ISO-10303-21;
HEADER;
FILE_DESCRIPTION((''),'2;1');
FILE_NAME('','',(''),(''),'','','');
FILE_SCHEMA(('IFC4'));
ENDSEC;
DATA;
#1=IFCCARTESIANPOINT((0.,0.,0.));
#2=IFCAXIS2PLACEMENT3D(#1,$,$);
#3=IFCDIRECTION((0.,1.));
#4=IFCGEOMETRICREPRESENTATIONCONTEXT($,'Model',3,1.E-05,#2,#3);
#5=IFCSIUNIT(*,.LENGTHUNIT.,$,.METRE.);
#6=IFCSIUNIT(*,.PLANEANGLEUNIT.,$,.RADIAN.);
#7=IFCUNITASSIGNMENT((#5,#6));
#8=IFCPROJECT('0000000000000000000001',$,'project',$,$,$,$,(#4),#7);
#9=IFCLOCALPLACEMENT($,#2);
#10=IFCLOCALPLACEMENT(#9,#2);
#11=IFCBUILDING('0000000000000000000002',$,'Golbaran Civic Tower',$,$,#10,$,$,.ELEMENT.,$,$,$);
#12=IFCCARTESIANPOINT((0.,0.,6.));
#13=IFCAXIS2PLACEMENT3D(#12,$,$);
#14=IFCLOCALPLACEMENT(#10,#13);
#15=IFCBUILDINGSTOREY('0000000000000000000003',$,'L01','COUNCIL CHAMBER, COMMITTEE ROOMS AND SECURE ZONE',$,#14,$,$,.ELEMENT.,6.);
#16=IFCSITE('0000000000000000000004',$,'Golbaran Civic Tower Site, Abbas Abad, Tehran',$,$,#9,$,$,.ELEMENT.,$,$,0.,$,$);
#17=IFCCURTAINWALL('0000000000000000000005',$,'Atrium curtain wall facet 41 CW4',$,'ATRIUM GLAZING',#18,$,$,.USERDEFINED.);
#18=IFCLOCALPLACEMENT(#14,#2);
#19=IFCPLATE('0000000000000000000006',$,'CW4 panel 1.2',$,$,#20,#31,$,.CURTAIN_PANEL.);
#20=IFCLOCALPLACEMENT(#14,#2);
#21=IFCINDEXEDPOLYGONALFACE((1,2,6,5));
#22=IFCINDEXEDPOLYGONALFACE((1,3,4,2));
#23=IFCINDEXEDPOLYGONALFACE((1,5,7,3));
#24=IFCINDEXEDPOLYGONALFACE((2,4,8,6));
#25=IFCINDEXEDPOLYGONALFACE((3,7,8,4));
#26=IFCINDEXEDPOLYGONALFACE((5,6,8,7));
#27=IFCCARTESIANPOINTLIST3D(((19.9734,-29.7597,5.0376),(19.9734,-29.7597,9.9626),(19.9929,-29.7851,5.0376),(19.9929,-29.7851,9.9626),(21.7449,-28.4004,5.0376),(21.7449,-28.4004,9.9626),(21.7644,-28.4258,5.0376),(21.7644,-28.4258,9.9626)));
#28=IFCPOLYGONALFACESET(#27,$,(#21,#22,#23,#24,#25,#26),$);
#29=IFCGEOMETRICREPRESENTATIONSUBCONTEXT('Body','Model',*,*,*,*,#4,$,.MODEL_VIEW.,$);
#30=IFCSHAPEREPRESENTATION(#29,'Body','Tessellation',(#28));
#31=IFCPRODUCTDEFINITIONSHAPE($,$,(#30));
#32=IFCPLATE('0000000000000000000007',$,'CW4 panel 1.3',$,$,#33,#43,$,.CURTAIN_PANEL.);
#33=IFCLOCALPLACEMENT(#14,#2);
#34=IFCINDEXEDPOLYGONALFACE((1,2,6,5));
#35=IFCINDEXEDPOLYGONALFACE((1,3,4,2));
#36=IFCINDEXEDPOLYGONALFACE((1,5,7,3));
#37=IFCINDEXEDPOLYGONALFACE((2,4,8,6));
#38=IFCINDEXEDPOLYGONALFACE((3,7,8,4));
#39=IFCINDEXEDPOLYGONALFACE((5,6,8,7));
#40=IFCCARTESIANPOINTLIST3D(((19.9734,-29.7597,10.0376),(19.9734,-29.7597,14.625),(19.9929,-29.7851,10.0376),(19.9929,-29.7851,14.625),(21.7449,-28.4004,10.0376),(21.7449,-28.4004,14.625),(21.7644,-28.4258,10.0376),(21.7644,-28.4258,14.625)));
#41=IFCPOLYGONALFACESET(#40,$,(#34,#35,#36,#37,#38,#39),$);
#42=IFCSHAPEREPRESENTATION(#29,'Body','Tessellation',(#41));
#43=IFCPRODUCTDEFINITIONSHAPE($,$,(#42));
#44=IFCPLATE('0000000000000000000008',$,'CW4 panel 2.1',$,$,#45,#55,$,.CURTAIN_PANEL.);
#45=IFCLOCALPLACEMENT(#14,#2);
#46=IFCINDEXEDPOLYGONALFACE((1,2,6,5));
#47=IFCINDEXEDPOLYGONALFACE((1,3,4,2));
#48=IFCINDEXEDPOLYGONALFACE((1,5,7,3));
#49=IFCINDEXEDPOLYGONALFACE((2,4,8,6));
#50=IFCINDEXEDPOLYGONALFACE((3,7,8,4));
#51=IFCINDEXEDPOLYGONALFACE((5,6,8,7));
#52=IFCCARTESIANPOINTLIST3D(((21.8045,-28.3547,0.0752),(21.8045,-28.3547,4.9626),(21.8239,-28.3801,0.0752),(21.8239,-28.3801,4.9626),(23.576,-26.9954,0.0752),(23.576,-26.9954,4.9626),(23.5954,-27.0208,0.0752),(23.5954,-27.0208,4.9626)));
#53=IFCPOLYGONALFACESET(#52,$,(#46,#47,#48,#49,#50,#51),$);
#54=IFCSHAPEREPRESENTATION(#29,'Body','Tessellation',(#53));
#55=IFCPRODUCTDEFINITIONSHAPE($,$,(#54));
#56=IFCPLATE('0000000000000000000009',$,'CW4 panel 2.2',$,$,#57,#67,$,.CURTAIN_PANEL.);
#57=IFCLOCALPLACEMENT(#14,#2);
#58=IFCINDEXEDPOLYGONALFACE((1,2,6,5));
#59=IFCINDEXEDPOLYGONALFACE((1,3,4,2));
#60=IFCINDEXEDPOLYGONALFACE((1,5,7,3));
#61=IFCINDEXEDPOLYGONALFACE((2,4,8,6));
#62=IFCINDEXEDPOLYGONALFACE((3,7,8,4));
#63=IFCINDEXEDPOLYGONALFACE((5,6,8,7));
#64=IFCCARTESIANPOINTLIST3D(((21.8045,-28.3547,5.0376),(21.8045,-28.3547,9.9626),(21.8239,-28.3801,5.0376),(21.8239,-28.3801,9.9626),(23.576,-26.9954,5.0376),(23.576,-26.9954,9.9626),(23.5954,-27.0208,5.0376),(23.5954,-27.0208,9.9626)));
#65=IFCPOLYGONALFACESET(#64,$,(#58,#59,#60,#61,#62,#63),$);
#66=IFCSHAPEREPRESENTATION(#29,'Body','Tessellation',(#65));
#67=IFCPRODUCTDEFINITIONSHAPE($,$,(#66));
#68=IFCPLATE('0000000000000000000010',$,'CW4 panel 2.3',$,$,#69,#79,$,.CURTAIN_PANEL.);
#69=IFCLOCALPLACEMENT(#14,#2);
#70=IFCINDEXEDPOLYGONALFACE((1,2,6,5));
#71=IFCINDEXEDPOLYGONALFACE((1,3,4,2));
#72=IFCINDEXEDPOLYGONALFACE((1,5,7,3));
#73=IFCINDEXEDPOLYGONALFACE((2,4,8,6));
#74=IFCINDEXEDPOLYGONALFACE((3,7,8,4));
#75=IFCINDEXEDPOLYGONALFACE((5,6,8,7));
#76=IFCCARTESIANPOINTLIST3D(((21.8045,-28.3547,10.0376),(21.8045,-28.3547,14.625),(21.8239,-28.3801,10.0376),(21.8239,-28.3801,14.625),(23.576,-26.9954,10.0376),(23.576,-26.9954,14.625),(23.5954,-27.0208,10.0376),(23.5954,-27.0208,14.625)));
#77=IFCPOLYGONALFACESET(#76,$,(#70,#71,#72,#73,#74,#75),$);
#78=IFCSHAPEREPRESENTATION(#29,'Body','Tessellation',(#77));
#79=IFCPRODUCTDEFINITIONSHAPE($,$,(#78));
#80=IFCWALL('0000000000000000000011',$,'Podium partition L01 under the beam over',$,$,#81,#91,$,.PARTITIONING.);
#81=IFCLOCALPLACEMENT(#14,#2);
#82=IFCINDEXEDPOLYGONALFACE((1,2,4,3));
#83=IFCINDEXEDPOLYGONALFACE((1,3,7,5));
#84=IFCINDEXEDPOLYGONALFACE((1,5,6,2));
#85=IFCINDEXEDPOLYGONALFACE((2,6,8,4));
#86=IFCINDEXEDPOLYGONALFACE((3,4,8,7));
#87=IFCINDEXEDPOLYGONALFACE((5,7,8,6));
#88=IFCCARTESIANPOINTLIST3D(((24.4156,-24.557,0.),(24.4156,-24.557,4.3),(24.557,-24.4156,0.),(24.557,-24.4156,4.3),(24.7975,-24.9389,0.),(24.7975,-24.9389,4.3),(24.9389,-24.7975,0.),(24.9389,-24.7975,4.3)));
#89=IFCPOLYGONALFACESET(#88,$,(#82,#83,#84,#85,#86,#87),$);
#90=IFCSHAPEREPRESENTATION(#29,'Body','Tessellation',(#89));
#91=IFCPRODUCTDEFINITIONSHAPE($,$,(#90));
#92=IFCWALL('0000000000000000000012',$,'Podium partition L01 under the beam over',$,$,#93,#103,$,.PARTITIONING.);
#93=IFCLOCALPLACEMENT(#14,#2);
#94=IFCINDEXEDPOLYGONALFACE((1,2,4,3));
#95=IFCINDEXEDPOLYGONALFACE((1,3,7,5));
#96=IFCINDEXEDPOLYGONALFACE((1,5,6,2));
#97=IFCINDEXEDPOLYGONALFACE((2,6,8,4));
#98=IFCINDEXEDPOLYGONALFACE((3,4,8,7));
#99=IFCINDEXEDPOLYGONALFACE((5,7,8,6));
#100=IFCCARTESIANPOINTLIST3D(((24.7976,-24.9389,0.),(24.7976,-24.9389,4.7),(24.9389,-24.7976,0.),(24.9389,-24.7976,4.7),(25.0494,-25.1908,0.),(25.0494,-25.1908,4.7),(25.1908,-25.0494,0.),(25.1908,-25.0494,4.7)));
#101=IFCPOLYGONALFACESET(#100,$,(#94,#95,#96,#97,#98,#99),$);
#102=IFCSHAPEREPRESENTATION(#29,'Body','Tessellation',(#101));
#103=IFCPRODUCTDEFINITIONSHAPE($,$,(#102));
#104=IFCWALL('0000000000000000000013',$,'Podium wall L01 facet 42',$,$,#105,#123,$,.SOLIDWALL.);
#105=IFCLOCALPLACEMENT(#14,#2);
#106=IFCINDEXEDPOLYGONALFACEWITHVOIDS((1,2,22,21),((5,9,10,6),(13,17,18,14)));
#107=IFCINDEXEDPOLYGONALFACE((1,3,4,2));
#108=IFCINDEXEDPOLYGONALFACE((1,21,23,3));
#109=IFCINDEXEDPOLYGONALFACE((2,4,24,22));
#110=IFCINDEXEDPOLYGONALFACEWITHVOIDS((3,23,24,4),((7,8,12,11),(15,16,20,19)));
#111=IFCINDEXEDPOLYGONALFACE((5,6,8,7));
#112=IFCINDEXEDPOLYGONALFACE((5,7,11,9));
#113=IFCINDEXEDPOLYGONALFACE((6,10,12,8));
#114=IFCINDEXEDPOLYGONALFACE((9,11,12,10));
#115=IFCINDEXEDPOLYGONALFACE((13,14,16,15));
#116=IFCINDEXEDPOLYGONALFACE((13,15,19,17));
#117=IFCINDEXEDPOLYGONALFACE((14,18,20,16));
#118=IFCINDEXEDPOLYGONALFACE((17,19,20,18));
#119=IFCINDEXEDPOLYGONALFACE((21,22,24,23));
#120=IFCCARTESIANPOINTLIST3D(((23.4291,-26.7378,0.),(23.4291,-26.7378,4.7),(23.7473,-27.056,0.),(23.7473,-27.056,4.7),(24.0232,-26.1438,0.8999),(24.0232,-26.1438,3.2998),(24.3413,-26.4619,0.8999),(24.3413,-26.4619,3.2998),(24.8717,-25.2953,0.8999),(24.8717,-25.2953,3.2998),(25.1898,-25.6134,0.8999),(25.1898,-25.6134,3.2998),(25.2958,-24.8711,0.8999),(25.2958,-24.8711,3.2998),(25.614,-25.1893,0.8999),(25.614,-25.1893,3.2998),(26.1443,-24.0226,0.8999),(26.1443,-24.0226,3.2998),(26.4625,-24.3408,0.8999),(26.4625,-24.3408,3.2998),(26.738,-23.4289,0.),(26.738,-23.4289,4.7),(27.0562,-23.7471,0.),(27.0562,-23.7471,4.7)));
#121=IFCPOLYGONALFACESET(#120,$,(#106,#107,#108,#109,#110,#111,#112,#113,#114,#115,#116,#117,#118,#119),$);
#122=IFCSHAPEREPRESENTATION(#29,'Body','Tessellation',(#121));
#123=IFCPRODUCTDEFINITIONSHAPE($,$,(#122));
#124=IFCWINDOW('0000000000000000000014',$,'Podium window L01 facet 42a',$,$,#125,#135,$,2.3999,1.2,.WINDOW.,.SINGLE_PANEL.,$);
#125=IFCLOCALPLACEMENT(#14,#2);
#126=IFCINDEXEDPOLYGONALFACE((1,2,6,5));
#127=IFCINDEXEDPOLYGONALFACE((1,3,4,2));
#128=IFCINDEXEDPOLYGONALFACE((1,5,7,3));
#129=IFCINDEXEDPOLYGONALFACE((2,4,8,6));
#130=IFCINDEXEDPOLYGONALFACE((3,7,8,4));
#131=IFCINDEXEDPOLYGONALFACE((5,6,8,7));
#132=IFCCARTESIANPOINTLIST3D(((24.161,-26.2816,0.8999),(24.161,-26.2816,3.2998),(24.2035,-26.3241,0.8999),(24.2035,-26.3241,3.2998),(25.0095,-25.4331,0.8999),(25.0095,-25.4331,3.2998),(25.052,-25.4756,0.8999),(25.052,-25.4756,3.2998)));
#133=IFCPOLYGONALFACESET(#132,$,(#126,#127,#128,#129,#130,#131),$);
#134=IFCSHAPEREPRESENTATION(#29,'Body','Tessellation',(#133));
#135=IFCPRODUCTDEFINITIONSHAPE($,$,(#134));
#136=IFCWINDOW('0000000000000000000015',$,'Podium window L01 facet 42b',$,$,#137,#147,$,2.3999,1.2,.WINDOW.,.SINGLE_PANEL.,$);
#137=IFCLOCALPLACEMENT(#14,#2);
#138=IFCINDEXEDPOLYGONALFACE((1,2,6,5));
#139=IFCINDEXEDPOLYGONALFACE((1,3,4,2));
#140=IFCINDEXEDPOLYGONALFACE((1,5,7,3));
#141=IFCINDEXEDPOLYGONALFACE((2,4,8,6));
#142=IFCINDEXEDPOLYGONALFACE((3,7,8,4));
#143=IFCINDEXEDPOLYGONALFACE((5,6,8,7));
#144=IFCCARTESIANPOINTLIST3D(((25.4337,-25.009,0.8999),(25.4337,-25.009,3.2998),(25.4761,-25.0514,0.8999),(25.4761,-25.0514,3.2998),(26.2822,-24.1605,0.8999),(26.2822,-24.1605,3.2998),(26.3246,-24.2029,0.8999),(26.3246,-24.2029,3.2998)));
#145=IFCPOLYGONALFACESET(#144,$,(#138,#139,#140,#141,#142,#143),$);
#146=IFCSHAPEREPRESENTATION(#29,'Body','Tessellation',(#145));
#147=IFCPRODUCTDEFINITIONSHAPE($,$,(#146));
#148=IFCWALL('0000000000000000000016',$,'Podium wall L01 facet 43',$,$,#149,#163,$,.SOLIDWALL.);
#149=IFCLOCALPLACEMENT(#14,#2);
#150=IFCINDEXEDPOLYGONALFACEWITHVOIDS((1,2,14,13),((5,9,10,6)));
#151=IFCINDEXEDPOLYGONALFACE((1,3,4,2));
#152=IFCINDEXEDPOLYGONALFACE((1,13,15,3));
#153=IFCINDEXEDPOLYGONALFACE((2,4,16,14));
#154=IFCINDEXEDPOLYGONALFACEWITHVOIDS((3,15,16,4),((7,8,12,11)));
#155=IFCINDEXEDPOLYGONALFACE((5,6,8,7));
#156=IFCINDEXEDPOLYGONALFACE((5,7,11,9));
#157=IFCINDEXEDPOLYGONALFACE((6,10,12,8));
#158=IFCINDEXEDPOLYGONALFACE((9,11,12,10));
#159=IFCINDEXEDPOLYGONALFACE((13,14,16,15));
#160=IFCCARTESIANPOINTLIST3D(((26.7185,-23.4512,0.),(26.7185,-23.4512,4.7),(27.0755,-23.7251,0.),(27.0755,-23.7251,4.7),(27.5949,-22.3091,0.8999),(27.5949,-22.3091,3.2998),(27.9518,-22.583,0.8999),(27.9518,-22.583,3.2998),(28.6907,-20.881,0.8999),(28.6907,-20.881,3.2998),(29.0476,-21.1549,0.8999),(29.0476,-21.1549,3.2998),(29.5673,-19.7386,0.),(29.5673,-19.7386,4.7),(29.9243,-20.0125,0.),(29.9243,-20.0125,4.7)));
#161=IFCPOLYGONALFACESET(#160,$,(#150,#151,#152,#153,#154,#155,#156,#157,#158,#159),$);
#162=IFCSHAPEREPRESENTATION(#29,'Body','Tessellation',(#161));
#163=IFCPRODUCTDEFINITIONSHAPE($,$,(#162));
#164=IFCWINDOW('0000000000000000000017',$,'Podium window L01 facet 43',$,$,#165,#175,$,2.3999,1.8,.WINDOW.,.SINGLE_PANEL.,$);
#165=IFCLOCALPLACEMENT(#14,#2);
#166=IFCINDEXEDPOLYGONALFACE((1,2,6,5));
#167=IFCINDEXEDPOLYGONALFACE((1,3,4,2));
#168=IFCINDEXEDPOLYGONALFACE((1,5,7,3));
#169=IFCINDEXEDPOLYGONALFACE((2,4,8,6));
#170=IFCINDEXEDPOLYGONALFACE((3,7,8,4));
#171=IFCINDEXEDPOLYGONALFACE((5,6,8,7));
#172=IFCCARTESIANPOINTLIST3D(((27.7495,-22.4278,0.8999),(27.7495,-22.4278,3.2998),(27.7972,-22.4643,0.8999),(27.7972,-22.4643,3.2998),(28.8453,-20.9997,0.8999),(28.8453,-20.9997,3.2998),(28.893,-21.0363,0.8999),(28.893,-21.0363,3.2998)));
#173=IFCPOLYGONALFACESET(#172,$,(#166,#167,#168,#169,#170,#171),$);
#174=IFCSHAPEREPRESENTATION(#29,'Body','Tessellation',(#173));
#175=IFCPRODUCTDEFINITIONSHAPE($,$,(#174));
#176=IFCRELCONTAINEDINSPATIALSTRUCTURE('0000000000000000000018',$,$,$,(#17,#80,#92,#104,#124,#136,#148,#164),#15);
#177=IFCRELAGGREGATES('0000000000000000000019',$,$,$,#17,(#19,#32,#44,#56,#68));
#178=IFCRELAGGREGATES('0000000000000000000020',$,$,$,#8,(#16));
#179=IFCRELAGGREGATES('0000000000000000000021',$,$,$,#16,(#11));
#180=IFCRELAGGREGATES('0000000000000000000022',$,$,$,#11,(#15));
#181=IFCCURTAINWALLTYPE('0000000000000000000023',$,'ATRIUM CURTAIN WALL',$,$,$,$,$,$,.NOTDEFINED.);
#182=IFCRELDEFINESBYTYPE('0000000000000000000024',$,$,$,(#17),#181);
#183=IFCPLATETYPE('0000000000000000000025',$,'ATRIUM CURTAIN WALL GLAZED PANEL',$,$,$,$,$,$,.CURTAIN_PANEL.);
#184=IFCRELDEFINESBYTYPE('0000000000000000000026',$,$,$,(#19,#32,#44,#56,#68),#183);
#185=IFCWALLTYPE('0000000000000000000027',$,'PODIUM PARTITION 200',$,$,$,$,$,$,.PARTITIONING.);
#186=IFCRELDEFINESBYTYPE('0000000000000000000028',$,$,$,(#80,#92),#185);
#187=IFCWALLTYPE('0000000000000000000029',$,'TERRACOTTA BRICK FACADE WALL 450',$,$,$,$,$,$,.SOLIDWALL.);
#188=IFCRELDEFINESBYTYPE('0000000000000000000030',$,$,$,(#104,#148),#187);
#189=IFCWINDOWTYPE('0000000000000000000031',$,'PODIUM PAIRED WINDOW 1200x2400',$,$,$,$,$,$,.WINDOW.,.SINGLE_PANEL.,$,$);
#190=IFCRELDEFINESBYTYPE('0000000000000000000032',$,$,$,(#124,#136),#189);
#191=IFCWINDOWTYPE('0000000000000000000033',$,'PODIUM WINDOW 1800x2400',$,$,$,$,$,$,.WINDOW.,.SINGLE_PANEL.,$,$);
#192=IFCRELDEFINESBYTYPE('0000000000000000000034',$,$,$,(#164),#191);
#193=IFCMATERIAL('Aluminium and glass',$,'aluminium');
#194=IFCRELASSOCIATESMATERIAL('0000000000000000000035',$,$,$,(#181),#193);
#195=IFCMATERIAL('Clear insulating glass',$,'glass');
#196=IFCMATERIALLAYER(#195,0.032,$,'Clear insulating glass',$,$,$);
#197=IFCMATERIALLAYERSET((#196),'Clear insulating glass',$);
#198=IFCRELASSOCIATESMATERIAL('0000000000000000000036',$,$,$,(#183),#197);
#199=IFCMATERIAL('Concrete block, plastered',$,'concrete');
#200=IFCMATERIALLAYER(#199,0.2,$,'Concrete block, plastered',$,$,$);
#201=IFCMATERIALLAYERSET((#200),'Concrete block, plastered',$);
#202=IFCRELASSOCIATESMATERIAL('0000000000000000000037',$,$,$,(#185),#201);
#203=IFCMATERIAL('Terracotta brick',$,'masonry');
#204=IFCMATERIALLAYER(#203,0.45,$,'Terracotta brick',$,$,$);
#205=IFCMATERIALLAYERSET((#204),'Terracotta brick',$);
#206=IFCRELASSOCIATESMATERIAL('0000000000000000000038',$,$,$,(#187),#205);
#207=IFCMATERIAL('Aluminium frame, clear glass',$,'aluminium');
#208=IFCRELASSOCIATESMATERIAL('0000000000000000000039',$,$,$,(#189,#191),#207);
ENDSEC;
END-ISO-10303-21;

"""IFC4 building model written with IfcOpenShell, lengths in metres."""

from ifc_helpers import new_model, si_unit, direction, frame, frame_2d, origin, origin_2d, place, context, subcontext, project, spatial, rectangle, extrude, material, layer, layer_set, type_object, element, fill, aggregate, save


model = new_model("IFC4")

# Units and contexts
model_context = context("Model", 3, precision=1e-05, world=origin(), true_north=direction((0.0, 1.0)))
body_context = subcontext(model_context, "Body", "Model", "MODEL_VIEW")
ifc_project = project(units=[si_unit("LENGTHUNIT", "METRE"), si_unit("PLANEANGLEUNIT", "RADIAN")], contexts=[model_context])

# Site, building, storey
site_placement = place(None, origin())
site = spatial("IfcSite", under=ifc_project, at=site_placement, Name="Golbaran Civic Tower Site, Abbas Abad, Tehran", CompositionType="ELEMENT", RefElevation=0.0)
building_placement = place(site_placement, origin())
building = spatial("IfcBuilding", under=site, at=building_placement, Name="Golbaran Civic Tower", CompositionType="ELEMENT")
storey_placement = place(building_placement, frame((0.0, 0.0, 6.0)))
storey = spatial("IfcBuildingStorey", under=building, at=storey_placement, Name="L01", Description="COUNCIL CHAMBER, COMMITTEE ROOMS AND SECURE ZONE", CompositionType="ELEMENT", Elevation=6.0)

# Shared definitions
ifc_material_1 = material(Name="Aluminium and glass", Category="aluminium")
curtain_wall_type = type_object("IfcCurtainWallType", Name="ATRIUM CURTAIN WALL", PredefinedType="NOTDEFINED", material=ifc_material_1)

# Curtain wall
curtain_wall_1_placement = place(storey_placement, origin())
curtain_wall_1 = element("IfcCurtainWall", 1, at=curtain_wall_1_placement, inside=storey, type_object=curtain_wall_type, Name="Atrium curtain wall facet 41 CW4", ObjectType="ATRIUM GLAZING", PredefinedType="USERDEFINED")

# Plates
ifc_material_2 = material(Name="Clear insulating glass", Category="glass")
ifc_layer_1 = layer(ifc_material_2, 0.032, Name="Clear insulating glass")
ifc_layer_set_1 = layer_set([ifc_layer_1], Name="Clear insulating glass")
plate_type = type_object("IfcPlateType", Name="ATRIUM CURTAIN WALL GLAZED PANEL", PredefinedType="CURTAIN_PANEL", material=ifc_layer_set_1)
plate_1_placement = place(storey_placement, frame((20.8689, -29.0928, 5.0376), z_axis=(0.0, 0.0, 1.0), x_axis=(0.793353, 0.608761, 0.0)))
plate_1 = element("IfcPlate", 2, at=plate_1_placement, type_object=plate_type, Name="CW4 panel 1.2", PredefinedType="CURTAIN_PANEL", context=body_context, shape_type="SweptSolid", body=[
    extrude(rectangle(XDim=2.2329, YDim=0.032, at=origin_2d()), origin(), (0.0, 0.0, 1.0), 4.925),
])
plate_2_placement = place(storey_placement, frame((20.8689, -29.0928, 10.0376), z_axis=(0.0, 0.0, 1.0), x_axis=(0.793353, 0.608761, 0.0)))
plate_2 = element("IfcPlate", 3, at=plate_2_placement, type_object=plate_type, Name="CW4 panel 1.3", PredefinedType="CURTAIN_PANEL", context=body_context, shape_type="SweptSolid", body=[
    extrude(rectangle(XDim=2.2329, YDim=0.032, at=origin_2d()), origin(), (0.0, 0.0, 1.0), 4.5874),
])
plate_3_placement = place(storey_placement, frame((22.7, -27.6877, 0.0752), z_axis=(0.0, 0.0, 1.0), x_axis=(0.793353, 0.608761, 0.0)))
plate_3 = element("IfcPlate", 4, at=plate_3_placement, type_object=plate_type, Name="CW4 panel 2.1", PredefinedType="CURTAIN_PANEL", context=body_context, shape_type="SweptSolid", body=[
    extrude(rectangle(XDim=2.2329, YDim=0.032, at=origin_2d()), origin(), (0.0, 0.0, 1.0), 4.8875),
])
plate_4_placement = place(storey_placement, frame((22.7, -27.6877, 5.0376), z_axis=(0.0, 0.0, 1.0), x_axis=(0.793353, 0.608761, 0.0)))
plate_4 = element("IfcPlate", 5, at=plate_4_placement, type_object=plate_type, Name="CW4 panel 2.2", PredefinedType="CURTAIN_PANEL", context=body_context, shape_type="SweptSolid", body=[
    extrude(rectangle(XDim=2.2329, YDim=0.032, at=origin_2d()), origin(), (0.0, 0.0, 1.0), 4.925),
])
plate_5_placement = place(storey_placement, frame((22.7, -27.6877, 10.0376), z_axis=(0.0, 0.0, 1.0), x_axis=(0.793353, 0.608761, 0.0)))
plate_5 = element("IfcPlate", 6, at=plate_5_placement, type_object=plate_type, Name="CW4 panel 2.3", PredefinedType="CURTAIN_PANEL", context=body_context, shape_type="SweptSolid", body=[
    extrude(rectangle(XDim=2.2329, YDim=0.032, at=origin_2d()), origin(), (0.0, 0.0, 1.0), 4.5874),
])
aggregate(curtain_wall_1, [plate_1, plate_2, plate_3, plate_4, plate_5])

# Walls
ifc_material_3 = material(Name="Concrete block, plastered", Category="concrete")
ifc_layer_2 = layer(ifc_material_3, 0.2, Name="Concrete block, plastered")
ifc_layer_set_2 = layer_set([ifc_layer_2], Name="Concrete block, plastered")
wall_type_1 = type_object("IfcWallType", Name="PODIUM PARTITION 200", PredefinedType="PARTITIONING", material=ifc_layer_set_2)
wall_1_placement = place(storey_placement, frame((24.4863, -24.4863, 0.0), z_axis=(0.0, 0.0, 1.0), x_axis=(0.707107, -0.707107, 0.0)))
element("IfcWall", 7, at=wall_1_placement, inside=storey, type_object=wall_type_1, Name="Podium partition L01 under the beam over", PredefinedType="PARTITIONING", context=body_context, shape_type="SweptSolid", body=[
    extrude(rectangle(XDim=0.54, YDim=0.2, at=frame_2d((0.27, 0.0))), origin(), (0.0, 0.0, 1.0), 4.3),
])
wall_2_placement = place(storey_placement, frame((24.8682, -24.8682, 0.0), z_axis=(0.0, 0.0, 1.0), x_axis=(0.707107, -0.707107, 0.0)))
element("IfcWall", 8, at=wall_2_placement, inside=storey, type_object=wall_type_1, Name="Podium partition L01 under the beam over", PredefinedType="PARTITIONING", context=body_context, shape_type="SweptSolid", body=[
    extrude(rectangle(XDim=0.3562, YDim=0.2, at=frame_2d((0.1782, 0.0))), origin(), (0.0, 0.0, 1.0), 4.7),
])

# Wall, openings, windows
ifc_material_4 = material(Name="Terracotta brick", Category="masonry")
ifc_layer_3 = layer(ifc_material_4, 0.45, Name="Terracotta brick")
ifc_layer_set_3 = layer_set([ifc_layer_3], Name="Terracotta brick")
wall_type_2 = type_object("IfcWallType", Name="TERRACOTTA BRICK FACADE WALL 450", PredefinedType="SOLIDWALL", material=ifc_layer_set_3)
wall_3_placement = place(storey_placement, frame((23.5881, -26.897, 0.0), z_axis=(0.0, 0.0, 1.0), x_axis=(0.707107, 0.707107, 0.0)))
wall_3 = element("IfcWall", 9, at=wall_3_placement, inside=storey, type_object=wall_type_2, Name="Podium wall L01 facet 42", PredefinedType="SOLIDWALL", context=body_context, shape_type="SweptSolid", body=[
    extrude(rectangle(XDim=4.6794, YDim=0.45, at=frame_2d((2.3398, 0.0))), origin(), (0.0, 0.0, 1.0), 4.7),
])
opening_1_placement = place(wall_3_placement, frame((0.8401, 0.0, 0.8999)))
opening_1 = element("IfcOpeningElement", 10, at=opening_1_placement, cuts=wall_3, PredefinedType="OPENING", context=body_context, shape_type="SweptSolid", body=[
    extrude(rectangle(XDim=1.2, YDim=2.3999, at=frame_2d((0.6001, 1.2))), frame((0.0, 0.2349, 0.0), z_axis=(0.0, -1.0, 0.0), x_axis=(1.0, 0.0, 0.0)), (0.0, 0.0, 1.0), 0.47),
])
opening_2_placement = place(wall_3_placement, frame((2.6399, 0.0, 0.8999)))
opening_2 = element("IfcOpeningElement", 11, at=opening_2_placement, cuts=wall_3, PredefinedType="OPENING", context=body_context, shape_type="SweptSolid", body=[
    extrude(rectangle(XDim=1.2, YDim=2.3999, at=frame_2d((0.6001, 1.2))), frame((0.0, 0.2349, 0.0), z_axis=(0.0, -1.0, 0.0), x_axis=(1.0, 0.0, 0.0)), (0.0, 0.0, 1.0), 0.47),
])
ifc_material_5 = material(Name="Aluminium frame, clear glass", Category="aluminium")
window_type_1 = type_object("IfcWindowType", Name="PODIUM PAIRED WINDOW 1200x2400", PartitioningType="SINGLE_PANEL", PredefinedType="WINDOW", material=ifc_material_5)
window_1_placement = place(opening_1_placement, origin())
window_1 = element("IfcWindow", 12, at=window_1_placement, inside=storey, type_object=window_type_1, Name="Podium window L01 facet 42a", OverallHeight=2.3999, OverallWidth=1.2, PartitioningType="SINGLE_PANEL", PredefinedType="WINDOW", context=body_context, shape_type="SweptSolid", body=[
    extrude(rectangle(XDim=1.2, YDim=2.3999, at=frame_2d((0.6001, 1.2))), frame((0.0, 0.03, 0.0), z_axis=(0.0, -1.0, 0.0), x_axis=(1.0, 0.0, 0.0)), (0.0, 0.0, 1.0), 0.0601),
])
fill(opening_1, window_1)
window_2_placement = place(opening_2_placement, origin())
window_2 = element("IfcWindow", 13, at=window_2_placement, inside=storey, type_object=window_type_1, Name="Podium window L01 facet 42b", OverallHeight=2.3999, OverallWidth=1.2, PartitioningType="SINGLE_PANEL", PredefinedType="WINDOW", context=body_context, shape_type="SweptSolid", body=[
    extrude(rectangle(XDim=1.2, YDim=2.3999, at=frame_2d((0.6001, 1.2))), frame((0.0, 0.03, 0.0), z_axis=(0.0, -1.0, 0.0), x_axis=(1.0, 0.0, 0.0)), (0.0, 0.0, 1.0), 0.0601),
])
fill(opening_2, window_2)

# Wall, opening, window
wall_4_placement = place(storey_placement, frame((26.897, -23.5881, 0.0), z_axis=(0.0, 0.0, 1.0), x_axis=(0.60877, 0.793347, 0.0)))
wall_4 = element("IfcWall", 14, at=wall_4_placement, inside=storey, type_object=wall_type_2, Name="Podium wall L01 facet 43", PredefinedType="SOLIDWALL", context=body_context, shape_type="SweptSolid", body=[
    extrude(rectangle(XDim=4.6797, YDim=0.45, at=frame_2d((2.3398, 0.0))), origin(), (0.0, 0.0, 1.0), 4.7),
])
opening_3_placement = place(wall_4_placement, frame((1.4397, 0.0, 0.8999)))
opening_3 = element("IfcOpeningElement", 15, at=opening_3_placement, cuts=wall_4, PredefinedType="OPENING", context=body_context, shape_type="SweptSolid", body=[
    extrude(rectangle(XDim=1.8, YDim=2.3999, at=frame_2d((0.8999, 1.2))), frame((0.0, 0.2349, 0.0), z_axis=(0.0, -1.0, 0.0), x_axis=(1.0, 0.0, 0.0)), (0.0, 0.0, 1.0), 0.47),
])
window_type_2 = type_object("IfcWindowType", Name="PODIUM WINDOW 1800x2400", PartitioningType="SINGLE_PANEL", PredefinedType="WINDOW", material=ifc_material_5)
window_3_placement = place(opening_3_placement, origin())
window_3 = element("IfcWindow", 16, at=window_3_placement, inside=storey, type_object=window_type_2, Name="Podium window L01 facet 43", OverallHeight=2.3999, OverallWidth=1.8, PartitioningType="SINGLE_PANEL", PredefinedType="WINDOW", context=body_context, shape_type="SweptSolid", body=[
    extrude(rectangle(XDim=1.8, YDim=2.3999, at=frame_2d((0.8999, 1.2))), frame((0.0, 0.03, 0.0), z_axis=(0.0, -1.0, 0.0), x_axis=(1.0, 0.0, 0.0)), (0.0, 0.0, 1.0), 0.0601),
])
fill(opening_3, window_3)

save(model, "model.ifc")
